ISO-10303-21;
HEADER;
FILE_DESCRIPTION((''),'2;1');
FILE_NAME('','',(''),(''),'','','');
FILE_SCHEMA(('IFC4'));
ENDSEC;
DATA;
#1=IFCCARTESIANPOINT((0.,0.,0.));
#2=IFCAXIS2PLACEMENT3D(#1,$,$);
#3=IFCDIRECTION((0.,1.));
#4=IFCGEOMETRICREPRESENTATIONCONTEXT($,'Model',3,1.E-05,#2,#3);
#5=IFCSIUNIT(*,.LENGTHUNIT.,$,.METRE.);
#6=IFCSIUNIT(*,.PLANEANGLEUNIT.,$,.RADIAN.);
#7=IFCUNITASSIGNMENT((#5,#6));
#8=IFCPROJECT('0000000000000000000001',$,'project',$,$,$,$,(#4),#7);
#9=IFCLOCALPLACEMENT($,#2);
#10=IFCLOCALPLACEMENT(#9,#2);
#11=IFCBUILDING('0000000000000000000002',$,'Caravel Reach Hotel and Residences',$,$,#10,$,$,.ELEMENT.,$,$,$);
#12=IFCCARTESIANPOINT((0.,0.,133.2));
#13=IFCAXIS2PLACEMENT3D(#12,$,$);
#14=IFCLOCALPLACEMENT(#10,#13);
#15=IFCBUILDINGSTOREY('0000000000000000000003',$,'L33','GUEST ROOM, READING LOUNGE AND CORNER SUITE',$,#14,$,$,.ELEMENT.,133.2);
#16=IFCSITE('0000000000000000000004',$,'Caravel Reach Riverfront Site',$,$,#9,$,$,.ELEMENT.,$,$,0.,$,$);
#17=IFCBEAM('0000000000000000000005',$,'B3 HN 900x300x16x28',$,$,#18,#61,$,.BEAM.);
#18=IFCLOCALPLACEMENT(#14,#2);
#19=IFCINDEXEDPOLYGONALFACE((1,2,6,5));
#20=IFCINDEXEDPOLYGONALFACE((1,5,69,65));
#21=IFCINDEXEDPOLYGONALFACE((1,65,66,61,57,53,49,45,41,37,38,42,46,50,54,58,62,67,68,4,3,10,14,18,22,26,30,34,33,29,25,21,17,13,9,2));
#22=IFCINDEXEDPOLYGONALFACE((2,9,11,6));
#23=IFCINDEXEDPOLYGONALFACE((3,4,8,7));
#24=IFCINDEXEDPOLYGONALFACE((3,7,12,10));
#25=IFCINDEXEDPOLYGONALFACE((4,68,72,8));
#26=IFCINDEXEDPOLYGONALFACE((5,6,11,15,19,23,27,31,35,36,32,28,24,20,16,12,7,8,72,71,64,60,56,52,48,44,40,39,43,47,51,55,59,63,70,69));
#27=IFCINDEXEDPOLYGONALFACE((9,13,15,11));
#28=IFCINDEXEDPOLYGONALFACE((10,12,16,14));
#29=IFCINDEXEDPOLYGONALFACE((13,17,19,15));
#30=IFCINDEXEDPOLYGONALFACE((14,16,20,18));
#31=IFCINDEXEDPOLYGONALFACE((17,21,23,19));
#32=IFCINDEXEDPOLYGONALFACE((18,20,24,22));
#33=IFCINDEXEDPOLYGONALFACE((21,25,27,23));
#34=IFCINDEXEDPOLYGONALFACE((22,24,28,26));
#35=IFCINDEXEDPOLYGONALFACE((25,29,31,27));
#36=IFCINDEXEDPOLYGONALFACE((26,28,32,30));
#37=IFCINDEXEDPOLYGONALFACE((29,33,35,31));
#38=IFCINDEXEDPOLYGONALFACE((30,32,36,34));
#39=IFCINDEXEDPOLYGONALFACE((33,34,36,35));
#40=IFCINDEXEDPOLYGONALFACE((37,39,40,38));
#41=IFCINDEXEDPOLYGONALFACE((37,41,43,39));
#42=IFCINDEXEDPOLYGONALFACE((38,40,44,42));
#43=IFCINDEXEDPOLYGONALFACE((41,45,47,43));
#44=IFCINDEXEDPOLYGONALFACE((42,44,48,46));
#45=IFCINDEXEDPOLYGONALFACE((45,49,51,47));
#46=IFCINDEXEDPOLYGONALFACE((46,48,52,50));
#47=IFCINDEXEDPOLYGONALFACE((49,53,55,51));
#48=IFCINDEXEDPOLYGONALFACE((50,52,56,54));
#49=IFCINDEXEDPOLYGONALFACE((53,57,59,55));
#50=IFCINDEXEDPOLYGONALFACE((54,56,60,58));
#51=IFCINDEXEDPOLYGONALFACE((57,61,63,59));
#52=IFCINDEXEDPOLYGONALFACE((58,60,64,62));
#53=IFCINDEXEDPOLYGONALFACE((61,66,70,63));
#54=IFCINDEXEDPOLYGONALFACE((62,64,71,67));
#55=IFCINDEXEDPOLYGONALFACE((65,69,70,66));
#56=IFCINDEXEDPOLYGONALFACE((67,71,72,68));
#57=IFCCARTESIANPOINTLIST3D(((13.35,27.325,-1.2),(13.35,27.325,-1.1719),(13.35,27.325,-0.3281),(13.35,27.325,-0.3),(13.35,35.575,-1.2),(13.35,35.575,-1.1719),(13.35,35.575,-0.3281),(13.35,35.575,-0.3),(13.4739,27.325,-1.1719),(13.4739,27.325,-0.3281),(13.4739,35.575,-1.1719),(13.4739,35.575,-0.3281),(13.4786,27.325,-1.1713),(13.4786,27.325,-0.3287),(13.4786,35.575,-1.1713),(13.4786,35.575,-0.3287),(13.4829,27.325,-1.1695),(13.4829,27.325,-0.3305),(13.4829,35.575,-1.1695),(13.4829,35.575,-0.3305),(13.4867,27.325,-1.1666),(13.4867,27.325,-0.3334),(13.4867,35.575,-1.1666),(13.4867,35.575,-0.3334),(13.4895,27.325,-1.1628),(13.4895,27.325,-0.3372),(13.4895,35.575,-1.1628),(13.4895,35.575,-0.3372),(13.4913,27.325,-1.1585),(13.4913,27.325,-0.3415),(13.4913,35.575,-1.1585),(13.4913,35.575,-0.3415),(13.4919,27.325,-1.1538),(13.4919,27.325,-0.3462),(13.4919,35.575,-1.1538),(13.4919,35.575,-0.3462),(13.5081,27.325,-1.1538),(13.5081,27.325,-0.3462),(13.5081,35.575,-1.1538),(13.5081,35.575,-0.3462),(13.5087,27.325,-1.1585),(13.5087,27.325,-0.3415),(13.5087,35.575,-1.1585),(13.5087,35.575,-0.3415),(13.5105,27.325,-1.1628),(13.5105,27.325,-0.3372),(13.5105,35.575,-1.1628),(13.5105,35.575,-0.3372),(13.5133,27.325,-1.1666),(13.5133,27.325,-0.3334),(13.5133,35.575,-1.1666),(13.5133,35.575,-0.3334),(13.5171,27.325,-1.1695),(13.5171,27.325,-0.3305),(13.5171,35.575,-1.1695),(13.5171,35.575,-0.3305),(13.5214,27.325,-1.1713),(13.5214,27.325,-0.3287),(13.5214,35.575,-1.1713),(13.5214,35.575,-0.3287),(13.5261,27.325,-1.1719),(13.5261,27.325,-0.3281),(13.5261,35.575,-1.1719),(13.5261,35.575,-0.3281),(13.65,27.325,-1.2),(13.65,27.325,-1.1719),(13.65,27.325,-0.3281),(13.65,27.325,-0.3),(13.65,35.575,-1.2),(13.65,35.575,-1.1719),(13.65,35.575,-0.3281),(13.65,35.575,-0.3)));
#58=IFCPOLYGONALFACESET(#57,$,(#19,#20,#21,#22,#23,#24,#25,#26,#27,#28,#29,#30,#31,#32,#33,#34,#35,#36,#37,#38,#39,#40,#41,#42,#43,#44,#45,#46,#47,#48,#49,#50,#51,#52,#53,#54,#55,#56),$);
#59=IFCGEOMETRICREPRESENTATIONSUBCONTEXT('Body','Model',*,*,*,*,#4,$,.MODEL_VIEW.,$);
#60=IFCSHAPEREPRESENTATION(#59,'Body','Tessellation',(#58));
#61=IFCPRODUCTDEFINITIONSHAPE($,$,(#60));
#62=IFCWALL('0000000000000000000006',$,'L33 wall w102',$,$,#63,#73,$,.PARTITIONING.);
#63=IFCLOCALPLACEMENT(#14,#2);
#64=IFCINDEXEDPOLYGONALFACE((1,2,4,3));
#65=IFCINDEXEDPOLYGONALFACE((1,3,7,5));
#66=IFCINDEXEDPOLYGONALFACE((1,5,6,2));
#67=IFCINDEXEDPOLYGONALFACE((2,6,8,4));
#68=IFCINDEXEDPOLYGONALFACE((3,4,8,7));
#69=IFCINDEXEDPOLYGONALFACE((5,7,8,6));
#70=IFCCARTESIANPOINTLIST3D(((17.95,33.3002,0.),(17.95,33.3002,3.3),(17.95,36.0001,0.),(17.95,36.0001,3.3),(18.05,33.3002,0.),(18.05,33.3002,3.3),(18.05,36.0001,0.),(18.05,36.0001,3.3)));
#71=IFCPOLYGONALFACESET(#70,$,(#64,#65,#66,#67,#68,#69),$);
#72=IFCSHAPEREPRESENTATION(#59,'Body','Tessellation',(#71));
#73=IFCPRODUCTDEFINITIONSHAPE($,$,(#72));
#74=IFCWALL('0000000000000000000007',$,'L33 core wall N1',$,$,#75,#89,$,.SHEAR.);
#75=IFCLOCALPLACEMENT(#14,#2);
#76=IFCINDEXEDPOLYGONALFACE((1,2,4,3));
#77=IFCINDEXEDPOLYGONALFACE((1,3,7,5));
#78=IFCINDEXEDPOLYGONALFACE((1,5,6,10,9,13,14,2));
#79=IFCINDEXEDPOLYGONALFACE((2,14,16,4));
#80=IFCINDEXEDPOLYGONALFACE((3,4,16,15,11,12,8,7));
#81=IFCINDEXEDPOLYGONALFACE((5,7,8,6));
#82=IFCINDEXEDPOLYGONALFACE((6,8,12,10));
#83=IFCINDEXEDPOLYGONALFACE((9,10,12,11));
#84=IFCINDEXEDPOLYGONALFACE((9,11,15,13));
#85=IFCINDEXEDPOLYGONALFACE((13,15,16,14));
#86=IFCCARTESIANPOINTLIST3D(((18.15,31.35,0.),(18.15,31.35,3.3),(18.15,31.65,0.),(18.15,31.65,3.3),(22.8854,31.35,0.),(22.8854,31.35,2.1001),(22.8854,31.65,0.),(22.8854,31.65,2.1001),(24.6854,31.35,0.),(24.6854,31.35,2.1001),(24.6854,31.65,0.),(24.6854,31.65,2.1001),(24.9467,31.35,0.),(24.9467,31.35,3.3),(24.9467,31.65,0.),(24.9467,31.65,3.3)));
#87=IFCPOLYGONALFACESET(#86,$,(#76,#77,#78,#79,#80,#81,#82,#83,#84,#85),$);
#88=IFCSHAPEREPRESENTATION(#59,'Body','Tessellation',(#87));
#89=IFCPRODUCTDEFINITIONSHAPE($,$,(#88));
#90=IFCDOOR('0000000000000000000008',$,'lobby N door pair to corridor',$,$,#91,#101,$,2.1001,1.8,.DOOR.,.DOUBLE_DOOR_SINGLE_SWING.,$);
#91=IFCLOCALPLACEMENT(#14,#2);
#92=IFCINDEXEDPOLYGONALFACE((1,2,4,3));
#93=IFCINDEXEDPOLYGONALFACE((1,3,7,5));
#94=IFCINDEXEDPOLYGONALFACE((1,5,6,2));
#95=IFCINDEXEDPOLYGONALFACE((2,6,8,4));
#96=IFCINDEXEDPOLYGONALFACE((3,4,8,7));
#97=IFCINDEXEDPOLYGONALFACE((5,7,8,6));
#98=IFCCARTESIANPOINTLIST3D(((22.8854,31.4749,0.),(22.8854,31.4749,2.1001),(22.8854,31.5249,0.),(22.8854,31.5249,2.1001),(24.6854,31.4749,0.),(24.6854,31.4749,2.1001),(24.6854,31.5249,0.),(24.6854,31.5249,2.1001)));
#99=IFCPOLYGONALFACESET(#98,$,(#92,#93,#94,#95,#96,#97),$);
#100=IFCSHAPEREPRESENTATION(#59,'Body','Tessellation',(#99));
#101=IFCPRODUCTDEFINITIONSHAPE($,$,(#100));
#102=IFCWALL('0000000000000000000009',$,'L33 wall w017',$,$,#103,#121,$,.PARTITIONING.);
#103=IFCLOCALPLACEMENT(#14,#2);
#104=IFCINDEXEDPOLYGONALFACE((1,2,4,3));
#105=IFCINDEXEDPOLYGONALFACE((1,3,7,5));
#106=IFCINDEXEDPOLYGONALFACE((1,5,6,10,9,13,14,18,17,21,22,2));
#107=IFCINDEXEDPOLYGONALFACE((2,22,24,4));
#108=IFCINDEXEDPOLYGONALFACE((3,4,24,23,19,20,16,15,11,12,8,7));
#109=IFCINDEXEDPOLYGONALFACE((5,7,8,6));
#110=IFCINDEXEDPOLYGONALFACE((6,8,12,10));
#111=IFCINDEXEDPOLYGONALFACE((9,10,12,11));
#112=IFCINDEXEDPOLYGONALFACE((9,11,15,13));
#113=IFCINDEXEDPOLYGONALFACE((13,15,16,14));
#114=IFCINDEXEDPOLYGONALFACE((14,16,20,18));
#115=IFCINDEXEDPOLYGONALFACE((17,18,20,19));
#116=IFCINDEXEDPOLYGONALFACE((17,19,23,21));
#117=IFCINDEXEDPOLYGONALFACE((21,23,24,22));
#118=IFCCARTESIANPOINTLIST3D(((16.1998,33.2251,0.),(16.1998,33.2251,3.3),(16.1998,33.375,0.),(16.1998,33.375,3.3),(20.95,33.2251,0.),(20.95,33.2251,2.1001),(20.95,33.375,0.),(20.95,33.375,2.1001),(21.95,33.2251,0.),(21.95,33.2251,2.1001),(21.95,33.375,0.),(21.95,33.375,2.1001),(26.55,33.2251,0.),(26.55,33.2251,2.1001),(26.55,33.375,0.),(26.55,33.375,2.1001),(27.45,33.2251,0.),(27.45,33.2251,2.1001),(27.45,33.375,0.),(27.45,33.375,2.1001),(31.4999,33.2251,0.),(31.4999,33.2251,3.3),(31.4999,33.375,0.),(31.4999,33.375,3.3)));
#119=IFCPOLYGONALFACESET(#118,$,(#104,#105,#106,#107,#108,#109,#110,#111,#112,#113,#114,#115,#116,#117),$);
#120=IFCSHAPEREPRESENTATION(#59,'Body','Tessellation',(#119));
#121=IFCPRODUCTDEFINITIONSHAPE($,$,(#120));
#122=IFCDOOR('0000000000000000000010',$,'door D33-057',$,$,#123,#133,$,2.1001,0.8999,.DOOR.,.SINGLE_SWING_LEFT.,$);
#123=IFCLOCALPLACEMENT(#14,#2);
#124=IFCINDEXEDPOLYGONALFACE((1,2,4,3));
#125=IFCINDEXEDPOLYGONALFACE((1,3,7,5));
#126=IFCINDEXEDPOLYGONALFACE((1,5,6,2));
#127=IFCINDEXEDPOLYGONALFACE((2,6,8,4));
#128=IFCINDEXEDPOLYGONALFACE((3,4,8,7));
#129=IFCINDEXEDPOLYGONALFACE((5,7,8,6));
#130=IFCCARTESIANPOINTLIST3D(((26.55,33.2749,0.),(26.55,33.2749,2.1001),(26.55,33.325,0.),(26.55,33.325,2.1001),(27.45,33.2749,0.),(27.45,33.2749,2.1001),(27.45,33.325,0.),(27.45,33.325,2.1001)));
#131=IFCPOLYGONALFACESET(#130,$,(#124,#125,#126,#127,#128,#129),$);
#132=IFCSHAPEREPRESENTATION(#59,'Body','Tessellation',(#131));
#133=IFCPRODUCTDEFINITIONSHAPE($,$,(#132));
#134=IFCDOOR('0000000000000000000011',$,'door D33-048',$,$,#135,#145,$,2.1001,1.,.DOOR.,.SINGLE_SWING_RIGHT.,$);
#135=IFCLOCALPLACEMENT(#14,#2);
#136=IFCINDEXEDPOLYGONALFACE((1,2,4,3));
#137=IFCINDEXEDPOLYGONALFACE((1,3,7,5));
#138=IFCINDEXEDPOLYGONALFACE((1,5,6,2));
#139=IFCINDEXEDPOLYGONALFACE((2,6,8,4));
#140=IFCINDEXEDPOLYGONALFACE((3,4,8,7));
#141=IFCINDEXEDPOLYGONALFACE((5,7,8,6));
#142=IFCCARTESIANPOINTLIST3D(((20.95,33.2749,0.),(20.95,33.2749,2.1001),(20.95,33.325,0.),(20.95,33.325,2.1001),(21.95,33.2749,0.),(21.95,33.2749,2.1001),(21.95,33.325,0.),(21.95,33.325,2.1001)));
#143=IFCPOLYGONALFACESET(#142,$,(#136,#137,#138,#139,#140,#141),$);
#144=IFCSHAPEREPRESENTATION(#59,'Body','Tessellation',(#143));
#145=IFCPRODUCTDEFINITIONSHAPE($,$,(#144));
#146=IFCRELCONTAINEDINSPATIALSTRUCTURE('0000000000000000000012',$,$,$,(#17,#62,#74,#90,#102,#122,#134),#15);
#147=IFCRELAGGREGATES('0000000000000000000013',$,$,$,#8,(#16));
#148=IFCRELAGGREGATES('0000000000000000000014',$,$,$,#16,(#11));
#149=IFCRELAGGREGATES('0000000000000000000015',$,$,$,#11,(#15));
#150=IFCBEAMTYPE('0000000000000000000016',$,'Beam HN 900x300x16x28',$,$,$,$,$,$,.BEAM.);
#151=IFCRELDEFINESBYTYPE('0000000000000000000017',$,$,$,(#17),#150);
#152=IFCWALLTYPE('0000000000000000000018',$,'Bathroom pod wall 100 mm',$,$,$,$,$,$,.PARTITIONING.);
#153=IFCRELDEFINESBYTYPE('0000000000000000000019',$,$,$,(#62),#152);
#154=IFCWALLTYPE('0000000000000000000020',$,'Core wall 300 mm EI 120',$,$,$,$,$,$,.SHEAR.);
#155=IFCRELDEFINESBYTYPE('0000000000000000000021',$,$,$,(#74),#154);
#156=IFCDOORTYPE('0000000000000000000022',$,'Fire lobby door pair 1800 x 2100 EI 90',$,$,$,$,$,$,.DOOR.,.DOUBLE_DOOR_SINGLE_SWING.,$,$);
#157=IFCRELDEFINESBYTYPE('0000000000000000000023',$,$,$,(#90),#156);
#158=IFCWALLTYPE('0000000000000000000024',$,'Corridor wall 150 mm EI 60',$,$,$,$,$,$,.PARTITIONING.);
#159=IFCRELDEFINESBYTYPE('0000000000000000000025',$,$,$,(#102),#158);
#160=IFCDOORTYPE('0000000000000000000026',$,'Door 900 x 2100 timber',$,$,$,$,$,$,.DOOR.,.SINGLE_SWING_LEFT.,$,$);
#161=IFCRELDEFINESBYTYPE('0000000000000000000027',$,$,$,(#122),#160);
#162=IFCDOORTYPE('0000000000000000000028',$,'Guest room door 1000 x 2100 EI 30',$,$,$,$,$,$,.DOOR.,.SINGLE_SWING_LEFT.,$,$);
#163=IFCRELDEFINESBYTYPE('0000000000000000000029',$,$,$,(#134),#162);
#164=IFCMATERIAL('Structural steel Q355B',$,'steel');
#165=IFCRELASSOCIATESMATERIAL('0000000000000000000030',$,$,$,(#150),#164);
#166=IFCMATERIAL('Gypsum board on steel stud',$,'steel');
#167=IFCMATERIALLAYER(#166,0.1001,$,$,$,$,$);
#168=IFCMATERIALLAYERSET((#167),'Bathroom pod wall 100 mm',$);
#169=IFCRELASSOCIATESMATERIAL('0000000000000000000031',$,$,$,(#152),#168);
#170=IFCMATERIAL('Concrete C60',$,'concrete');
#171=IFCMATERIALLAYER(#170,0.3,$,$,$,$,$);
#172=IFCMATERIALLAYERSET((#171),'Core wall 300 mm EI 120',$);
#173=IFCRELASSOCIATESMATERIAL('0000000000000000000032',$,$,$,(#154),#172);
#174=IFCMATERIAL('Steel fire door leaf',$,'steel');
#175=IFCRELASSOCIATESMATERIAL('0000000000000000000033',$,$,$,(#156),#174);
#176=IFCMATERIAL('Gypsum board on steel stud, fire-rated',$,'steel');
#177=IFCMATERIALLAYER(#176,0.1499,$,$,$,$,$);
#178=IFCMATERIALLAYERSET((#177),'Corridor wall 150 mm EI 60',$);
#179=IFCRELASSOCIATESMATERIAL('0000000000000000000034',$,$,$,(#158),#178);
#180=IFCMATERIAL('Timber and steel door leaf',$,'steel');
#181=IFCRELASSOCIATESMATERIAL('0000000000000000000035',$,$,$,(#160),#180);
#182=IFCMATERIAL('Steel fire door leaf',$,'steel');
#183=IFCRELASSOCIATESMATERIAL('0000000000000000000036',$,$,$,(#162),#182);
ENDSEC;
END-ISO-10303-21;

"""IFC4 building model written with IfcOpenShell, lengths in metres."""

from ifc_helpers import new_model, si_unit, direction, frame, frame_2d, origin, origin_2d, place, context, subcontext, project, spatial, rectangle, i_section, extrude, material, layer, layer_set, material_profile, profile_set, type_object, element, fill, save


model = new_model("IFC4")

# Units and contexts
model_context = context("Model", 3, precision=1e-05, world=origin(), true_north=direction((0.0, 1.0)))
body_context = subcontext(model_context, "Body", "Model", "MODEL_VIEW")
ifc_project = project(units=[si_unit("LENGTHUNIT", "METRE"), si_unit("PLANEANGLEUNIT", "RADIAN")], contexts=[model_context])

# Site, building, storey
site_placement = place(None, origin())
site = spatial("IfcSite", under=ifc_project, at=site_placement, Name="Caravel Reach Riverfront Site", CompositionType="ELEMENT", RefElevation=0.0)
building_placement = place(site_placement, origin())
building = spatial("IfcBuilding", under=site, at=building_placement, Name="Caravel Reach Hotel and Residences", CompositionType="ELEMENT")
storey_placement = place(building_placement, frame((0.0, 0.0, 133.2)))
storey = spatial("IfcBuildingStorey", under=building, at=storey_placement, Name="L33", Description="GUEST ROOM, READING LOUNGE AND CORNER SUITE", CompositionType="ELEMENT", Elevation=133.2)

# Beam
ifc_material_1 = material(Name="Structural steel Q355B", Category="steel")
ifc_material_profile = material_profile(ifc_material_1, i_section(OverallWidth=0.3, OverallDepth=0.8999, WebThickness=0.0161, FlangeThickness=0.0281, FilletRadius=0.0181, at=origin_2d()), Name="HN 900x300x16x28")
ifc_profile_set = profile_set([ifc_material_profile], Name="Structural steel Q355B")
beam_type = type_object("IfcBeamType", Name="Beam HN 900x300x16x28", PredefinedType="BEAM", material=ifc_profile_set)
beam_placement = place(storey_placement, frame((13.5, 27.325, -0.75), z_axis=(0.0, 1.0, 0.0), x_axis=(-1.0, 0.0, 0.0)))
element("IfcBeam", 1, at=beam_placement, inside=storey, type_object=beam_type, Name="B3 HN 900x300x16x28", PredefinedType="BEAM", context=body_context, shape_type="SweptSolid", body=[
    extrude(i_section(OverallWidth=0.3, OverallDepth=0.8999, WebThickness=0.0161, FlangeThickness=0.0281, FilletRadius=0.0181, at=origin_2d()), origin(), (0.0, 0.0, 1.0), 8.25),
])

# Wall
ifc_material_2 = material(Name="Gypsum board on steel stud", Category="steel")
ifc_layer_1 = layer(ifc_material_2, 0.1001)
ifc_layer_set_1 = layer_set([ifc_layer_1], Name="Bathroom pod wall 100 mm")
wall_type_1 = type_object("IfcWallType", Name="Bathroom pod wall 100 mm", PredefinedType="PARTITIONING", material=ifc_layer_set_1)
wall_1_placement = place(storey_placement, frame((18.0, 33.3, 0.0), z_axis=(0.0, 0.0, 1.0), x_axis=(0.0, 1.0, 0.0)))
element("IfcWall", 2, at=wall_1_placement, inside=storey, type_object=wall_type_1, Name="L33 wall w102", PredefinedType="PARTITIONING", context=body_context, shape_type="SweptSolid", body=[
    extrude(rectangle(XDim=2.7, YDim=0.1001, at=frame_2d((1.3501, 0.0))), origin(), (0.0, 0.0, 1.0), 3.3),
])

# Wall, opening, door
ifc_material_3 = material(Name="Concrete C60", Category="concrete")
ifc_layer_2 = layer(ifc_material_3, 0.3)
ifc_layer_set_2 = layer_set([ifc_layer_2], Name="Core wall 300 mm EI 120")
wall_type_2 = type_object("IfcWallType", Name="Core wall 300 mm EI 120", PredefinedType="SHEAR", material=ifc_layer_set_2)
wall_2_placement = place(storey_placement, frame((18.1499, 31.5, 0.0), z_axis=(0.0, 0.0, 1.0), x_axis=(1.0, 0.0, 0.0)))
wall_2 = element("IfcWall", 3, at=wall_2_placement, inside=storey, type_object=wall_type_2, Name="L33 core wall N1", PredefinedType="SHEAR", context=body_context, shape_type="SweptSolid", body=[
    extrude(rectangle(XDim=6.7966, YDim=0.3, at=frame_2d((3.3984, 0.0))), origin(), (0.0, 0.0, 1.0), 3.3),
])
opening_1_placement = place(wall_2_placement, frame((4.7356, 0.0, 0.0)))
opening_1 = element("IfcOpeningElement", 4, at=opening_1_placement, cuts=wall_2, PredefinedType="OPENING", context=body_context, shape_type="SweptSolid", body=[
    extrude(rectangle(XDim=1.8, YDim=2.1001, at=frame_2d((0.8999, 1.05))), frame((0.0, 0.1599, 0.0), z_axis=(0.0, -1.0, 0.0), x_axis=(1.0, 0.0, 0.0)), (0.0, 0.0, 1.0), 0.3201),
])
ifc_material_4 = material(Name="Steel fire door leaf", Category="steel")
door_type_1 = type_object("IfcDoorType", Name="Fire lobby door pair 1800 x 2100 EI 90", OperationType="DOUBLE_DOOR_SINGLE_SWING", PredefinedType="DOOR", material=ifc_material_4)
door_1_placement = place(opening_1_placement, origin())
door_1 = element("IfcDoor", 5, at=door_1_placement, inside=storey, type_object=door_type_1, Name="lobby N door pair to corridor", OperationType="DOUBLE_DOOR_SINGLE_SWING", OverallHeight=2.1001, OverallWidth=1.8, PredefinedType="DOOR", context=body_context, shape_type="SweptSolid", body=[
    extrude(rectangle(XDim=1.8, YDim=2.1001, at=frame_2d((0.8999, 1.05))), frame((0.0, 0.0249, 0.0), z_axis=(0.0, -1.0, 0.0), x_axis=(1.0, 0.0, 0.0)), (0.0, 0.0, 1.0), 0.05),
])
fill(opening_1, door_1)

# Wall, openings, doors
ifc_material_5 = material(Name="Gypsum board on steel stud, fire-rated", Category="steel")
ifc_layer_3 = layer(ifc_material_5, 0.1499)
ifc_layer_set_3 = layer_set([ifc_layer_3], Name="Corridor wall 150 mm EI 60")
wall_type_3 = type_object("IfcWallType", Name="Corridor wall 150 mm EI 60", PredefinedType="PARTITIONING", material=ifc_layer_set_3)
wall_3_placement = place(storey_placement, frame((16.2, 33.3, 0.0), z_axis=(0.0, 0.0, 1.0), x_axis=(1.0, 0.0, 0.0)))
wall_3 = element("IfcWall", 6, at=wall_3_placement, inside=storey, type_object=wall_type_3, Name="L33 wall w017", PredefinedType="PARTITIONING", context=body_context, shape_type="SweptSolid", body=[
    extrude(rectangle(XDim=15.3, YDim=0.1499, at=frame_2d((7.6499, 0.0))), origin(), (0.0, 0.0, 1.0), 3.3),
])
opening_2_placement = place(wall_3_placement, frame((4.75, 0.0, 0.0)))
opening_2 = element("IfcOpeningElement", 7, at=opening_2_placement, cuts=wall_3, PredefinedType="OPENING", context=body_context, shape_type="SweptSolid", body=[
    extrude(rectangle(XDim=1.0, YDim=2.1001, at=frame_2d((0.5, 1.05))), frame((0.0, 0.085, 0.0), z_axis=(0.0, -1.0, 0.0), x_axis=(1.0, 0.0, 0.0)), (0.0, 0.0, 1.0), 0.1699),
])
opening_3_placement = place(wall_3_placement, frame((10.3501, 0.0, 0.0)))
opening_3 = element("IfcOpeningElement", 8, at=opening_3_placement, cuts=wall_3, PredefinedType="OPENING", context=body_context, shape_type="SweptSolid", body=[
    extrude(rectangle(XDim=0.8999, YDim=2.1001, at=frame_2d((0.45, 1.05))), frame((0.0, 0.085, 0.0), z_axis=(0.0, -1.0, 0.0), x_axis=(1.0, 0.0, 0.0)), (0.0, 0.0, 1.0), 0.1699),
])
ifc_material_6 = material(Name="Timber and steel door leaf", Category="steel")
door_type_2 = type_object("IfcDoorType", Name="Door 900 x 2100 timber", OperationType="SINGLE_SWING_LEFT", PredefinedType="DOOR", material=ifc_material_6)
door_2_placement = place(opening_3_placement, origin())
door_2 = element("IfcDoor", 9, at=door_2_placement, inside=storey, type_object=door_type_2, Name="door D33-057", OperationType="SINGLE_SWING_LEFT", OverallHeight=2.1001, OverallWidth=0.8999, PredefinedType="DOOR", context=body_context, shape_type="SweptSolid", body=[
    extrude(rectangle(XDim=0.8999, YDim=2.1001, at=frame_2d((0.45, 1.05))), frame((0.0, 0.0249, 0.0), z_axis=(0.0, -1.0, 0.0), x_axis=(1.0, 0.0, 0.0)), (0.0, 0.0, 1.0), 0.05),
])
fill(opening_3, door_2)
ifc_material_7 = material(Name="Steel fire door leaf", Category="steel")
door_type_3 = type_object("IfcDoorType", Name="Guest room door 1000 x 2100 EI 30", OperationType="SINGLE_SWING_LEFT", PredefinedType="DOOR", material=ifc_material_7)
door_3_placement = place(opening_2_placement, origin())
door_3 = element("IfcDoor", 10, at=door_3_placement, inside=storey, type_object=door_type_3, Name="door D33-048", OperationType="SINGLE_SWING_RIGHT", OverallHeight=2.1001, OverallWidth=1.0, PredefinedType="DOOR", context=body_context, shape_type="SweptSolid", body=[
    extrude(rectangle(XDim=1.0, YDim=2.1001, at=frame_2d((0.5, 1.05))), frame((0.0, 0.0249, 0.0), z_axis=(0.0, -1.0, 0.0), x_axis=(1.0, 0.0, 0.0)), (0.0, 0.0, 1.0), 0.05),
])
fill(opening_2, door_3)

save(model, "model.ifc")
